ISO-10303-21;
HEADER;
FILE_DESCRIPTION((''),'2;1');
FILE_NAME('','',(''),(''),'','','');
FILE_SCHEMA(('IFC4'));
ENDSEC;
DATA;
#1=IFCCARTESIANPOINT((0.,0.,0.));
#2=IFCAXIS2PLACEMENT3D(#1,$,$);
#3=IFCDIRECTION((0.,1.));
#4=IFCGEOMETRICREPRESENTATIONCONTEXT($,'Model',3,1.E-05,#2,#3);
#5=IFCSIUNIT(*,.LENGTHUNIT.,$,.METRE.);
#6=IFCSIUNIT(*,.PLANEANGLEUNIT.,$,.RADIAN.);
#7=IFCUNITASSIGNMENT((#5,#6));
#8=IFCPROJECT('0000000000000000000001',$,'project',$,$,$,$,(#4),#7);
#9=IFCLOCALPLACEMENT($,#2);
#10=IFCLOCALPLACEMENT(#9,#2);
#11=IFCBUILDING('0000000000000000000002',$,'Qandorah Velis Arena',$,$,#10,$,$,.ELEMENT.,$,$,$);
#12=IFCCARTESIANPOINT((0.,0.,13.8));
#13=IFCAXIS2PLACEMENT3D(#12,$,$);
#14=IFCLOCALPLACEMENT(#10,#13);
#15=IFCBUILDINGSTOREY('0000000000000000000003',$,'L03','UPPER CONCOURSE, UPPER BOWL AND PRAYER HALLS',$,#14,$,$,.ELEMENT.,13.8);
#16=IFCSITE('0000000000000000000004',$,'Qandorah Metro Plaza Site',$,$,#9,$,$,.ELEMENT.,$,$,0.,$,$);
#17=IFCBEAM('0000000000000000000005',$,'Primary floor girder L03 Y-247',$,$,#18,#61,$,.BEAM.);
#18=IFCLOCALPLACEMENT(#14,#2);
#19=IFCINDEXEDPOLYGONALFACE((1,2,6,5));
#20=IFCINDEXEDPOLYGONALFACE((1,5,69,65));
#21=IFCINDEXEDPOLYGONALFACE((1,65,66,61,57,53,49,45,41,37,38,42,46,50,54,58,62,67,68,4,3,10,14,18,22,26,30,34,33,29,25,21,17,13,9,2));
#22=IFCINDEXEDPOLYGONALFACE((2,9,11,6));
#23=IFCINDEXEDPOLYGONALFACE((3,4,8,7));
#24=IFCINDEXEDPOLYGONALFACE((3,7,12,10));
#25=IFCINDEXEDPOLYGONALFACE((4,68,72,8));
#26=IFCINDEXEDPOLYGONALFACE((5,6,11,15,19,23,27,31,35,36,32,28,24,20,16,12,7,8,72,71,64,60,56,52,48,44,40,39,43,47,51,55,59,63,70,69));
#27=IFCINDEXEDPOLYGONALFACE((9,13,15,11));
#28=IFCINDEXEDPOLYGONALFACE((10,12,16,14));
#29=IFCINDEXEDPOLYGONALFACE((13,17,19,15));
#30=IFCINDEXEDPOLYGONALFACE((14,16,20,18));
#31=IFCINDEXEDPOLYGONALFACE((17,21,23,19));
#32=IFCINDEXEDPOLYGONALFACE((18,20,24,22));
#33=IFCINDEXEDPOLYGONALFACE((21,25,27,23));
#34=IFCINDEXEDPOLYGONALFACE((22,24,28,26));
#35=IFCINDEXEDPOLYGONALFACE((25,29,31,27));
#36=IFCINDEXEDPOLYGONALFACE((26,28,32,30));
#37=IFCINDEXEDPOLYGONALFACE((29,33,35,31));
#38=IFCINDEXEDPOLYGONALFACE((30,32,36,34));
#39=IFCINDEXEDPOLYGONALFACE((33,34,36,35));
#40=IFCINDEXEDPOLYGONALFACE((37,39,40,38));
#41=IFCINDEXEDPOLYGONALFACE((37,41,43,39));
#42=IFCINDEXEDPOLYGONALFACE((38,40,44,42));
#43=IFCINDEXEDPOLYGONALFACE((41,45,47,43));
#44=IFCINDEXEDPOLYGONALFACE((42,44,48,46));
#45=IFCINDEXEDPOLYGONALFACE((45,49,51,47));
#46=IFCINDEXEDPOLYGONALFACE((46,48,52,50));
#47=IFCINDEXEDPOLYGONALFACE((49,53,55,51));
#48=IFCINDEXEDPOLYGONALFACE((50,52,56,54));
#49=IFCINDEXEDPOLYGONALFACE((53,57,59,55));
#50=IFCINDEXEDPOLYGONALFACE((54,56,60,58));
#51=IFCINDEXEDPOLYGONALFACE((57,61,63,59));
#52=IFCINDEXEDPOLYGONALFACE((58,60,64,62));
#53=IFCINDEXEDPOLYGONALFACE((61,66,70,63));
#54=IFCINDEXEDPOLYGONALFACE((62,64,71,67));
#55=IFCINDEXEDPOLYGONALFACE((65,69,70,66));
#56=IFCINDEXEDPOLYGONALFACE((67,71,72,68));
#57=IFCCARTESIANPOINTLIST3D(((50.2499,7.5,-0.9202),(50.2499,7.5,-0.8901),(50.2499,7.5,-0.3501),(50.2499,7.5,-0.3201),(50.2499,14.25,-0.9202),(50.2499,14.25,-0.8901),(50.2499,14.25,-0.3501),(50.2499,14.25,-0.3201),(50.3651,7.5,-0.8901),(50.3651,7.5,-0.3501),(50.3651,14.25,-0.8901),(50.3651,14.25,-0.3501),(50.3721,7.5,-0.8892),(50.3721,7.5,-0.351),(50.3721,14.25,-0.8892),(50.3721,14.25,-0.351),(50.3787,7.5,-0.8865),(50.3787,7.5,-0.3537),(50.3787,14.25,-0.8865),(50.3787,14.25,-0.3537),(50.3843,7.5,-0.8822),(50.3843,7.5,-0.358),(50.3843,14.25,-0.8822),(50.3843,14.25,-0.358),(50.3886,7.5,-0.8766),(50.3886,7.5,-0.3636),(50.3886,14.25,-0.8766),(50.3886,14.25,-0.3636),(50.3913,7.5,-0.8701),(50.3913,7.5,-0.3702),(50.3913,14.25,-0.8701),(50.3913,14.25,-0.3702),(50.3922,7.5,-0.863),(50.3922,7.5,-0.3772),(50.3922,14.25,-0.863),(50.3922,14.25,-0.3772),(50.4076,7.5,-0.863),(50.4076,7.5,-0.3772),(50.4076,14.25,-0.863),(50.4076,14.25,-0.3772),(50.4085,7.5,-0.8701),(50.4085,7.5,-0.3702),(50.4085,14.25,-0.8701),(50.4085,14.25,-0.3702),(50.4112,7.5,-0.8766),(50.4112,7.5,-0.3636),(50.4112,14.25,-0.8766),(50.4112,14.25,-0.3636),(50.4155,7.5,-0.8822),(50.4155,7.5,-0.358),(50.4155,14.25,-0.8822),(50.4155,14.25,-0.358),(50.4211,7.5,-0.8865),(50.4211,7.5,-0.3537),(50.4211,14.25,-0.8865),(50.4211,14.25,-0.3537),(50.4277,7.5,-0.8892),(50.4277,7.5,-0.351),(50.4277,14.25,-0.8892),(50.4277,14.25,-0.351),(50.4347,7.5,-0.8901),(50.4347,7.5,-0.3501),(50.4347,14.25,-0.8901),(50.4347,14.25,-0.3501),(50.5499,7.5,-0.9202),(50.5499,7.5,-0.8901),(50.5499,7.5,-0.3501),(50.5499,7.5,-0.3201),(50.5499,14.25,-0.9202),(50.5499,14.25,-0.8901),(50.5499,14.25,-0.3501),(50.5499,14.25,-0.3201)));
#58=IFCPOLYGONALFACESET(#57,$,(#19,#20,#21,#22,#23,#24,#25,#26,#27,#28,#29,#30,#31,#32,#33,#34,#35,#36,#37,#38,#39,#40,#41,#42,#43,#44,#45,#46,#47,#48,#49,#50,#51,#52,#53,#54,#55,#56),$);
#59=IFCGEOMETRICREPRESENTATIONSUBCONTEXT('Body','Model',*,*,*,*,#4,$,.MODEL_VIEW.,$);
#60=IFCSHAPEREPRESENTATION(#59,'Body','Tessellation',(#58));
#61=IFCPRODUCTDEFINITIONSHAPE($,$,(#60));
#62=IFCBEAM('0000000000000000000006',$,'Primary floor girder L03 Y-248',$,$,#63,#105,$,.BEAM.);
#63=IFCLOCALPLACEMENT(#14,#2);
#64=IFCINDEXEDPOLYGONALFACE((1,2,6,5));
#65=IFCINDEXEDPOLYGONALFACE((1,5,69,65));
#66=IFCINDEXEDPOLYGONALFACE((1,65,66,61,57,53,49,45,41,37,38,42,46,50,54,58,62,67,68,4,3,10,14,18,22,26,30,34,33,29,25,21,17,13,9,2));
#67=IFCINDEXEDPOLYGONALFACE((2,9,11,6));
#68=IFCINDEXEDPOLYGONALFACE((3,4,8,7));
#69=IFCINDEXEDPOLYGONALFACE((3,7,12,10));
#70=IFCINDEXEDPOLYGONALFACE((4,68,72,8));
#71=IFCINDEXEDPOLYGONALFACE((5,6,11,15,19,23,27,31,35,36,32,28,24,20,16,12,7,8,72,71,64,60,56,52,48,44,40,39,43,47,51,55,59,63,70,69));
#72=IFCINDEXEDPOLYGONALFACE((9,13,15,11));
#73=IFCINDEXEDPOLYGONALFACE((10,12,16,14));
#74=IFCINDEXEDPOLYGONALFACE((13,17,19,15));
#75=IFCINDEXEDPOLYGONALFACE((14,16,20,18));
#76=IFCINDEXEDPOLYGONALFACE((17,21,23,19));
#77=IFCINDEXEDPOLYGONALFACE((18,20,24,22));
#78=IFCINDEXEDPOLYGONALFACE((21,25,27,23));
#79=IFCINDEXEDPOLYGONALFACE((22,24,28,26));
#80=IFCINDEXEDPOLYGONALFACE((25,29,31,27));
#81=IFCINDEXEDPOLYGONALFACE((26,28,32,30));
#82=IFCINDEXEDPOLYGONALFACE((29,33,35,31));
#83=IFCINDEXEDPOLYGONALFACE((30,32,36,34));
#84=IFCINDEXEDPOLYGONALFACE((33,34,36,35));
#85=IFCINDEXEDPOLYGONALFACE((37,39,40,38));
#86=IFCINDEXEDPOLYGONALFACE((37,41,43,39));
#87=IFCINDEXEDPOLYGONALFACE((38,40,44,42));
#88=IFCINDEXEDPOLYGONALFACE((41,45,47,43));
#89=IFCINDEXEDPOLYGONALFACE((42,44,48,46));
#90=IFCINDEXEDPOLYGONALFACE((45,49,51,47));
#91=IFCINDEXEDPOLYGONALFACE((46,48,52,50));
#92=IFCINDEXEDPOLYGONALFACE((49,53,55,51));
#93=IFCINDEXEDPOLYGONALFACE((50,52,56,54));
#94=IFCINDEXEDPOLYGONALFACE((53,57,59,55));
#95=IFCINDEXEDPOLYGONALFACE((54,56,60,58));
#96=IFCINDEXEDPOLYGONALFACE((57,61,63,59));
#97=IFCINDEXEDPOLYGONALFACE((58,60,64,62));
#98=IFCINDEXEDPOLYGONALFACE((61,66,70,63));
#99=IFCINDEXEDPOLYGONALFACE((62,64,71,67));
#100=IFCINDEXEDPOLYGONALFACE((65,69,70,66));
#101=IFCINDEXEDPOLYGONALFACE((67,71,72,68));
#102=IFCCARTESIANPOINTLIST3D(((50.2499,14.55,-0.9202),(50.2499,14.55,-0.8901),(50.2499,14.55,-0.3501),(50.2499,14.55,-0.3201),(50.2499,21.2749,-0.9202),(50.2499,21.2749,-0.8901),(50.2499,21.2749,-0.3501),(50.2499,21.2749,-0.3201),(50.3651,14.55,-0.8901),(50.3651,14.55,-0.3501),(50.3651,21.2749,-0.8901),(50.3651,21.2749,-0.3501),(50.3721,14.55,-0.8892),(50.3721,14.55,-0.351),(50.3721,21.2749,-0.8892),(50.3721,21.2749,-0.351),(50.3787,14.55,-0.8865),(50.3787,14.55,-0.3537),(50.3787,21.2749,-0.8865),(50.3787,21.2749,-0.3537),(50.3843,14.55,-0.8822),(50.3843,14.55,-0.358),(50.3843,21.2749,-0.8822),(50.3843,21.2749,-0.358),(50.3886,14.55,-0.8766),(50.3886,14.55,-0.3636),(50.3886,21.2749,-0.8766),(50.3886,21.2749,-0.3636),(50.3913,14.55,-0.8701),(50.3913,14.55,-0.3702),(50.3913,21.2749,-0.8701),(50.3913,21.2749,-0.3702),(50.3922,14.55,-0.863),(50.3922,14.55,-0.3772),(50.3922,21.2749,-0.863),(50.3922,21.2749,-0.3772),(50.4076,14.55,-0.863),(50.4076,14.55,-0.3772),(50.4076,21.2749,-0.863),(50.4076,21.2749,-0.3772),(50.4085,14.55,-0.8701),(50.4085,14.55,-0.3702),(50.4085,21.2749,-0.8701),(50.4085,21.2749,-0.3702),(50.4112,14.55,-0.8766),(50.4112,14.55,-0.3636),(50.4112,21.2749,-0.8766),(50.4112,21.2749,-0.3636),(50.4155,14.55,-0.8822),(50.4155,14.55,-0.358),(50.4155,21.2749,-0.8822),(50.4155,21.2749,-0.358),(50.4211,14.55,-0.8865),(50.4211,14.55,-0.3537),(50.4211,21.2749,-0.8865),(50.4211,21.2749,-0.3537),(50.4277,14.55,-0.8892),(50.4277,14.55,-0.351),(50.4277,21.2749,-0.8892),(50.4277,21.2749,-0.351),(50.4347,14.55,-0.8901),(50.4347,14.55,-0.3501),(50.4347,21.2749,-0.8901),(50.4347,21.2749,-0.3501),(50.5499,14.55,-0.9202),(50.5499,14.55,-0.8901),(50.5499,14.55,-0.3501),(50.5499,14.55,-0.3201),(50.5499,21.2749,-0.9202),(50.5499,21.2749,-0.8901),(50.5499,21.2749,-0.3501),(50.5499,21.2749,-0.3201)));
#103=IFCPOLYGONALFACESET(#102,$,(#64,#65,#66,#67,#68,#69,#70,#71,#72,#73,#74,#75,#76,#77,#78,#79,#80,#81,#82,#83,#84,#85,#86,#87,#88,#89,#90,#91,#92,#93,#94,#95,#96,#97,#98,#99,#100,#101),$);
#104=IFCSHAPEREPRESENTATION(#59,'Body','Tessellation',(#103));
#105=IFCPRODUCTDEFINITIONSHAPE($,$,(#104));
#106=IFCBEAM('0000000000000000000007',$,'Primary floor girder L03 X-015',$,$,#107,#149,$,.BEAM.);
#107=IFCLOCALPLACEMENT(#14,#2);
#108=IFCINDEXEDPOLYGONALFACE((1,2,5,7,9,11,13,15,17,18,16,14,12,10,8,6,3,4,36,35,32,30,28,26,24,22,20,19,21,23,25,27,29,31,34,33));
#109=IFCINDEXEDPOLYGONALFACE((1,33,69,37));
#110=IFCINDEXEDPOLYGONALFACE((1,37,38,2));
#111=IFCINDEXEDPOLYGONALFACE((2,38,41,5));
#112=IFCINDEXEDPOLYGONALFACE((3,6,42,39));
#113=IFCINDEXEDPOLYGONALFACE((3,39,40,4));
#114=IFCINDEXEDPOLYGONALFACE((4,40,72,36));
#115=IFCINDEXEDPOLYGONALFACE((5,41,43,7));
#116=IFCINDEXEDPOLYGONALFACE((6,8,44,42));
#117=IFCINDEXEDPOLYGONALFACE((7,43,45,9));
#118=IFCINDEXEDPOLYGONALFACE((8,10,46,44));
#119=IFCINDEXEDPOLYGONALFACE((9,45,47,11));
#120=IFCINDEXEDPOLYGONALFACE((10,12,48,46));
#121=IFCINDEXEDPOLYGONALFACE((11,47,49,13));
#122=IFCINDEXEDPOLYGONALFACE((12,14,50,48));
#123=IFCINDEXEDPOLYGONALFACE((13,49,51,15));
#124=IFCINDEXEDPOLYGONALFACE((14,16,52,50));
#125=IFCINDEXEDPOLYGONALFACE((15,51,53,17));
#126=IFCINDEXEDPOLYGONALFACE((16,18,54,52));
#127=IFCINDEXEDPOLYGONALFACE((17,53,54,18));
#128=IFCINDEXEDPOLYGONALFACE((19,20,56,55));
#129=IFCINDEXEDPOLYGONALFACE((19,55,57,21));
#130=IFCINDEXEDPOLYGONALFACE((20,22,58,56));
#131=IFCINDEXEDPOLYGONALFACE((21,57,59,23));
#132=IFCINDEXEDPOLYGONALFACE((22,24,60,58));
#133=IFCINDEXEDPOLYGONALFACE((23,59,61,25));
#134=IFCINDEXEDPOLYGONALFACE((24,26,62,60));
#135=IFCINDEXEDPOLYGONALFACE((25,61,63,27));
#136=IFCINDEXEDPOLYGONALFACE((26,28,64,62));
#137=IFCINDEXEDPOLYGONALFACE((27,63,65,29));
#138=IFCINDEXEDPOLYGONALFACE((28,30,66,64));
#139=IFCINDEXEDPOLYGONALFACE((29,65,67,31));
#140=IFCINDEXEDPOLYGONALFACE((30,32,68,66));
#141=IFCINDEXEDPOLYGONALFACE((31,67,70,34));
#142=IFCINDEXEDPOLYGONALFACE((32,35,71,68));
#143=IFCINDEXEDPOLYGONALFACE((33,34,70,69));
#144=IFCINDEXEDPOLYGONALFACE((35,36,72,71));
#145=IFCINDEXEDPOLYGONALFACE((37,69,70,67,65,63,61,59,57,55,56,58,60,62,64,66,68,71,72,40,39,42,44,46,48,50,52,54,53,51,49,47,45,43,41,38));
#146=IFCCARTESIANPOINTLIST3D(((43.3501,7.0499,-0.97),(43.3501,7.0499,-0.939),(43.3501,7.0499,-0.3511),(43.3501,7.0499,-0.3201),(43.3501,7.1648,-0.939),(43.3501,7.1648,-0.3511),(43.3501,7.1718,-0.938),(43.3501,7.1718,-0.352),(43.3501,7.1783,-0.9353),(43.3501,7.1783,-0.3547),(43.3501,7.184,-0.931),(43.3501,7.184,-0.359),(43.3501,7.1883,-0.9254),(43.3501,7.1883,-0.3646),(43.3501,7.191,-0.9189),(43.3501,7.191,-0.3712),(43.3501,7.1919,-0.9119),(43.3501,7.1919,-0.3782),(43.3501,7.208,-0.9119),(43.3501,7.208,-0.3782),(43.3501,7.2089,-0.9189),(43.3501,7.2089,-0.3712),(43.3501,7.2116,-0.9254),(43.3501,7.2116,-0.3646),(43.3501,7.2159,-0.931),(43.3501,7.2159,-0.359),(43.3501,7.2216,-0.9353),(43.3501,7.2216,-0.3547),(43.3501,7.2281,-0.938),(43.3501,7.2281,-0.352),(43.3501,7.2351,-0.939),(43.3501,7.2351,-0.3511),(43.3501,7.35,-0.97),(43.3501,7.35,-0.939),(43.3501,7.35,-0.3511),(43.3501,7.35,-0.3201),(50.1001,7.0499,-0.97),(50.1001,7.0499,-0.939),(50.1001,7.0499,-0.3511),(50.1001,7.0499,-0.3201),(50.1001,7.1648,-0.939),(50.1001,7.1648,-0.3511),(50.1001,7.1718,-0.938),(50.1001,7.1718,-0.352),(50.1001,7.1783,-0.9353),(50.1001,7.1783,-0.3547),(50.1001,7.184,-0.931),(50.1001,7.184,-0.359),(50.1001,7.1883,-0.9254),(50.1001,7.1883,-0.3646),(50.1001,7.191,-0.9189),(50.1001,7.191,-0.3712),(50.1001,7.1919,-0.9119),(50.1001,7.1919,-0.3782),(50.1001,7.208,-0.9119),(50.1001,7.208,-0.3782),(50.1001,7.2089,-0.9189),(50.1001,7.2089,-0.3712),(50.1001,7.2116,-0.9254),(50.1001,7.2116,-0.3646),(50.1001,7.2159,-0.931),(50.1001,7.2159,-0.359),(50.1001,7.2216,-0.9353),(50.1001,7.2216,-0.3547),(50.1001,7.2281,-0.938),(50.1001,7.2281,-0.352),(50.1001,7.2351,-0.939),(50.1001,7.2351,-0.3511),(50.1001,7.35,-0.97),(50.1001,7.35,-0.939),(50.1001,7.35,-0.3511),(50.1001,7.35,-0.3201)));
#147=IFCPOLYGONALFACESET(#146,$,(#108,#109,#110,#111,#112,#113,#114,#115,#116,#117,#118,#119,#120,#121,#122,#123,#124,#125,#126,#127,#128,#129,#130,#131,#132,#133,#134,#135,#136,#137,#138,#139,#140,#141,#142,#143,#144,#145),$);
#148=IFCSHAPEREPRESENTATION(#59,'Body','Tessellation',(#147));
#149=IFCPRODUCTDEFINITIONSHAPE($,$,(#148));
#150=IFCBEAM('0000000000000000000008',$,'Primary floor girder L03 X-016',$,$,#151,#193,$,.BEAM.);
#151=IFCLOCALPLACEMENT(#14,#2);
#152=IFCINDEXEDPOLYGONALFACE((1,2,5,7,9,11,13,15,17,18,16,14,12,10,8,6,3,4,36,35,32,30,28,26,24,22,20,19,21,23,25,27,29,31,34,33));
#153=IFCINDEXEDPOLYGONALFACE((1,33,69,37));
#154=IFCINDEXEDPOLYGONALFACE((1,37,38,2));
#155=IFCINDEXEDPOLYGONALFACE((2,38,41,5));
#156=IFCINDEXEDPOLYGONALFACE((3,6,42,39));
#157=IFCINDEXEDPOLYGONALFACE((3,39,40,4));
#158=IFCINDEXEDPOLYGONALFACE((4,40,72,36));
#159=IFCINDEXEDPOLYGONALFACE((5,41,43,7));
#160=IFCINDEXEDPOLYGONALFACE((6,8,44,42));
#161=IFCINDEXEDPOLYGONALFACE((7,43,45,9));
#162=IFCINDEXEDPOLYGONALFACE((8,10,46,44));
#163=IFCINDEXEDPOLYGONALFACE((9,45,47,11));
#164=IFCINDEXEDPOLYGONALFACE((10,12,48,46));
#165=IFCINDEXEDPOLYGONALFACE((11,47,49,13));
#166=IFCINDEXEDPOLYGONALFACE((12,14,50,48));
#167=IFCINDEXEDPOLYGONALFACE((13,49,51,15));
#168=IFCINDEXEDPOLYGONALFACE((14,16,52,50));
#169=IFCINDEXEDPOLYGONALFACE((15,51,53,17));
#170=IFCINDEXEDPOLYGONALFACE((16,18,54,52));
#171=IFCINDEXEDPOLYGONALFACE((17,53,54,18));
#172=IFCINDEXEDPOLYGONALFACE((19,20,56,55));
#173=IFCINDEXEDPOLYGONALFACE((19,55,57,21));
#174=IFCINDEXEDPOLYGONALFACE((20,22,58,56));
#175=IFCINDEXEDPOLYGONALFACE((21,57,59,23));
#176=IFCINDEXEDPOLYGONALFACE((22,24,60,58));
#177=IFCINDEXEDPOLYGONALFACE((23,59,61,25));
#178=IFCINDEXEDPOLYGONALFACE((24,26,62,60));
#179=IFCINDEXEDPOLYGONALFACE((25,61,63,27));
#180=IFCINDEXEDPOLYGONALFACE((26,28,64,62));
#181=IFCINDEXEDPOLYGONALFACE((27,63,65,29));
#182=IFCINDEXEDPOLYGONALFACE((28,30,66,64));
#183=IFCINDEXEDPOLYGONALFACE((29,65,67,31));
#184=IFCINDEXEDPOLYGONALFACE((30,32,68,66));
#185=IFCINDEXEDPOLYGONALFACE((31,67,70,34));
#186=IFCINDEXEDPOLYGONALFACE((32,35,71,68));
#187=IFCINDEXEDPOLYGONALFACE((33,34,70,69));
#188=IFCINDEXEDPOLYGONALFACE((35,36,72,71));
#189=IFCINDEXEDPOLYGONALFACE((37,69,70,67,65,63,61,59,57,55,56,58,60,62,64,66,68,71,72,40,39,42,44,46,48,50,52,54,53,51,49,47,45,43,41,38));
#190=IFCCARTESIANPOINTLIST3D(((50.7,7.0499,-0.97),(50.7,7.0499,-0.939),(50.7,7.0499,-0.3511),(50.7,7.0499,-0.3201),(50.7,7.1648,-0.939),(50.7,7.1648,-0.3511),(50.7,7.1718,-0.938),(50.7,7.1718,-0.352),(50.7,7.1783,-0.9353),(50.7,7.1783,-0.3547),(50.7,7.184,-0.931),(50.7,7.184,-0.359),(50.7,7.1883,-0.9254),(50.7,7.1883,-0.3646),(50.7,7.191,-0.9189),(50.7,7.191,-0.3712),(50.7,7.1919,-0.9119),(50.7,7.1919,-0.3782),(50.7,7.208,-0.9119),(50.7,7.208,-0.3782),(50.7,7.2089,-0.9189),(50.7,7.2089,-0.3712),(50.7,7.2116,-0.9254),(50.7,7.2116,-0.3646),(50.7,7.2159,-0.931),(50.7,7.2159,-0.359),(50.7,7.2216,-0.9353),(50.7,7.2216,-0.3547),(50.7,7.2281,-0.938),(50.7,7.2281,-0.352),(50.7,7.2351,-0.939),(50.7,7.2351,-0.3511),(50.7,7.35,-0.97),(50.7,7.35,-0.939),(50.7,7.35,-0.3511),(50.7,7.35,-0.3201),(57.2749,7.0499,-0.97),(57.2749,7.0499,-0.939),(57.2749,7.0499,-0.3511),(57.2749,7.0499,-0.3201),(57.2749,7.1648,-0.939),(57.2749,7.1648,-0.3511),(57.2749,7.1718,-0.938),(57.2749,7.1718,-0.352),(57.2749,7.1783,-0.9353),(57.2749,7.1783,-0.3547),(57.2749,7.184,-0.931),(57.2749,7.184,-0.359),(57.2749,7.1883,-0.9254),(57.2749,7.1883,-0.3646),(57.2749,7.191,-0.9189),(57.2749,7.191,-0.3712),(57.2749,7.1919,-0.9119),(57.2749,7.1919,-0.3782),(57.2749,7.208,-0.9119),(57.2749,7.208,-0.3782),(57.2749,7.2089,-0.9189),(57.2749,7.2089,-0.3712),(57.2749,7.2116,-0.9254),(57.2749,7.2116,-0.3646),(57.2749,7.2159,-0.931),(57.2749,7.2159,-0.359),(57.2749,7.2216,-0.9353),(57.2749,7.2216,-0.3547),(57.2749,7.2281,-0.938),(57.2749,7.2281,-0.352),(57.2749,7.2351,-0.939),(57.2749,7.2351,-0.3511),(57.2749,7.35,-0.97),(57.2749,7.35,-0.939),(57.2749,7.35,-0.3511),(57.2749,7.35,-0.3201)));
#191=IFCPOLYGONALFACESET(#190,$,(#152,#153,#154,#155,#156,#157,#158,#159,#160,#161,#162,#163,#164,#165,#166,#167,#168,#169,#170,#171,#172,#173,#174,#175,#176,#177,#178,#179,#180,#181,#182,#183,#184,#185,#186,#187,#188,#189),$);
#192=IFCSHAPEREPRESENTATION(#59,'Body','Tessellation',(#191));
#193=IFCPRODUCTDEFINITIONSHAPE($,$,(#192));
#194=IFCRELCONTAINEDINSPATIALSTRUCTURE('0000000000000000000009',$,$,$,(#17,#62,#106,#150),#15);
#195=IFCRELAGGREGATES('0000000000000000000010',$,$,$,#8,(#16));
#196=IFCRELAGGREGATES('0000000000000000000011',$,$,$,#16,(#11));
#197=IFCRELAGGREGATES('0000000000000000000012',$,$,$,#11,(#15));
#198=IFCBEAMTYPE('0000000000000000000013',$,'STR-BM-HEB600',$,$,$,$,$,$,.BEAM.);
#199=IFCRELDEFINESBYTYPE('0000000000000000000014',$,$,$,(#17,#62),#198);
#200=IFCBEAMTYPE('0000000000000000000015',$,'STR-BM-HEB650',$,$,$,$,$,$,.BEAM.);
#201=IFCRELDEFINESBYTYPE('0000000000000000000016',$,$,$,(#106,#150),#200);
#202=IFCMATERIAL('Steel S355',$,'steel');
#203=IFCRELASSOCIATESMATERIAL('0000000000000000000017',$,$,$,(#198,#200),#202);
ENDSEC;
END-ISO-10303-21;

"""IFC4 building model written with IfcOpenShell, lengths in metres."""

from ifc_helpers import new_model, si_unit, direction, frame, origin, origin_2d, place, context, subcontext, project, spatial, i_section, extrude, material, material_profile, profile_set, type_object, element, save


model = new_model("IFC4")

# Units and contexts
model_context = context("Model", 3, precision=1e-05, world=origin(), true_north=direction((0.0, 1.0)))
body_context = subcontext(model_context, "Body", "Model", "MODEL_VIEW")
ifc_project = project(units=[si_unit("LENGTHUNIT", "METRE"), si_unit("PLANEANGLEUNIT", "RADIAN")], contexts=[model_context])

# Site, building, storey
site_placement = place(None, origin())
site = spatial("IfcSite", under=ifc_project, at=site_placement, Name="Qandorah Metro Plaza Site", CompositionType="ELEMENT", RefElevation=0.0)
building_placement = place(site_placement, origin())
building = spatial("IfcBuilding", under=site, at=building_placement, Name="Qandorah Velis Arena", CompositionType="ELEMENT")
storey_placement = place(building_placement, frame((0.0, 0.0, 13.8)))
storey = spatial("IfcBuildingStorey", under=building, at=storey_placement, Name="L03", Description="UPPER CONCOURSE, UPPER BOWL AND PRAYER HALLS", CompositionType="ELEMENT", Elevation=13.8)

# Beams
ifc_material_1 = material(Name="Steel S355", Category="steel")
ifc_material_profile_1 = material_profile(ifc_material_1, i_section(OverallWidth=0.3, OverallDepth=0.6001, WebThickness=0.0154, FlangeThickness=0.03, FilletRadius=0.0271, at=origin_2d()), Name="HEB 600")
ifc_profile_set_1 = profile_set([ifc_material_profile_1], Name="Steel S355")
beam_type_1 = type_object("IfcBeamType", Name="STR-BM-HEB600", PredefinedType="BEAM", material=ifc_profile_set_1)
beam_1_placement = place(storey_placement, frame((50.3999, 7.5, -0.6201), z_axis=(0.0, 1.0, 0.0), x_axis=(-1.0, 0.0, 0.0)))
element("IfcBeam", 1, at=beam_1_placement, inside=storey, type_object=beam_type_1, Name="Primary floor girder L03 Y-247", PredefinedType="BEAM", context=body_context, shape_type="SweptSolid", body=[
    extrude(i_section(OverallWidth=0.3, OverallDepth=0.6001, WebThickness=0.0154, FlangeThickness=0.03, FilletRadius=0.0271, at=origin_2d()), origin(), (0.0, 0.0, 1.0), 6.75),
])
beam_2_placement = place(storey_placement, frame((50.3999, 14.55, -0.6201), z_axis=(0.0, 1.0, 0.0), x_axis=(-1.0, 0.0, 0.0)))
element("IfcBeam", 2, at=beam_2_placement, inside=storey, type_object=beam_type_1, Name="Primary floor girder L03 Y-248", PredefinedType="BEAM", context=body_context, shape_type="SweptSolid", body=[
    extrude(i_section(OverallWidth=0.3, OverallDepth=0.6001, WebThickness=0.0154, FlangeThickness=0.03, FilletRadius=0.0271, at=origin_2d()), origin(), (0.0, 0.0, 1.0), 6.7249),
])
ifc_material_profile_2 = material_profile(ifc_material_1, i_section(OverallWidth=0.3, OverallDepth=0.6499, WebThickness=0.0161, FlangeThickness=0.031, FilletRadius=0.0271, at=origin_2d()), Name="HEB 650")
ifc_profile_set_2 = profile_set([ifc_material_profile_2], Name="Steel S355")
beam_type_2 = type_object("IfcBeamType", Name="STR-BM-HEB650", PredefinedType="BEAM", material=ifc_profile_set_2)
beam_3_placement = place(storey_placement, frame((43.3501, 7.2, -0.645), z_axis=(1.0, 0.0, 0.0), x_axis=(0.0, 1.0, 0.0)))
element("IfcBeam", 3, at=beam_3_placement, inside=storey, type_object=beam_type_2, Name="Primary floor girder L03 X-015", PredefinedType="BEAM", context=body_context, shape_type="SweptSolid", body=[
    extrude(i_section(OverallWidth=0.3, OverallDepth=0.6499, WebThickness=0.0161, FlangeThickness=0.031, FilletRadius=0.0271, at=origin_2d()), origin(), (0.0, 0.0, 1.0), 6.75),
])
beam_4_placement = place(storey_placement, frame((50.7, 7.2, -0.645), z_axis=(1.0, 0.0, 0.0), x_axis=(0.0, 1.0, 0.0)))
element("IfcBeam", 4, at=beam_4_placement, inside=storey, type_object=beam_type_2, Name="Primary floor girder L03 X-016", PredefinedType="BEAM", context=body_context, shape_type="SweptSolid", body=[
    extrude(i_section(OverallWidth=0.3, OverallDepth=0.6499, WebThickness=0.0161, FlangeThickness=0.031, FilletRadius=0.0271, at=origin_2d()), origin(), (0.0, 0.0, 1.0), 6.575),
])

save(model, "model.ifc")
